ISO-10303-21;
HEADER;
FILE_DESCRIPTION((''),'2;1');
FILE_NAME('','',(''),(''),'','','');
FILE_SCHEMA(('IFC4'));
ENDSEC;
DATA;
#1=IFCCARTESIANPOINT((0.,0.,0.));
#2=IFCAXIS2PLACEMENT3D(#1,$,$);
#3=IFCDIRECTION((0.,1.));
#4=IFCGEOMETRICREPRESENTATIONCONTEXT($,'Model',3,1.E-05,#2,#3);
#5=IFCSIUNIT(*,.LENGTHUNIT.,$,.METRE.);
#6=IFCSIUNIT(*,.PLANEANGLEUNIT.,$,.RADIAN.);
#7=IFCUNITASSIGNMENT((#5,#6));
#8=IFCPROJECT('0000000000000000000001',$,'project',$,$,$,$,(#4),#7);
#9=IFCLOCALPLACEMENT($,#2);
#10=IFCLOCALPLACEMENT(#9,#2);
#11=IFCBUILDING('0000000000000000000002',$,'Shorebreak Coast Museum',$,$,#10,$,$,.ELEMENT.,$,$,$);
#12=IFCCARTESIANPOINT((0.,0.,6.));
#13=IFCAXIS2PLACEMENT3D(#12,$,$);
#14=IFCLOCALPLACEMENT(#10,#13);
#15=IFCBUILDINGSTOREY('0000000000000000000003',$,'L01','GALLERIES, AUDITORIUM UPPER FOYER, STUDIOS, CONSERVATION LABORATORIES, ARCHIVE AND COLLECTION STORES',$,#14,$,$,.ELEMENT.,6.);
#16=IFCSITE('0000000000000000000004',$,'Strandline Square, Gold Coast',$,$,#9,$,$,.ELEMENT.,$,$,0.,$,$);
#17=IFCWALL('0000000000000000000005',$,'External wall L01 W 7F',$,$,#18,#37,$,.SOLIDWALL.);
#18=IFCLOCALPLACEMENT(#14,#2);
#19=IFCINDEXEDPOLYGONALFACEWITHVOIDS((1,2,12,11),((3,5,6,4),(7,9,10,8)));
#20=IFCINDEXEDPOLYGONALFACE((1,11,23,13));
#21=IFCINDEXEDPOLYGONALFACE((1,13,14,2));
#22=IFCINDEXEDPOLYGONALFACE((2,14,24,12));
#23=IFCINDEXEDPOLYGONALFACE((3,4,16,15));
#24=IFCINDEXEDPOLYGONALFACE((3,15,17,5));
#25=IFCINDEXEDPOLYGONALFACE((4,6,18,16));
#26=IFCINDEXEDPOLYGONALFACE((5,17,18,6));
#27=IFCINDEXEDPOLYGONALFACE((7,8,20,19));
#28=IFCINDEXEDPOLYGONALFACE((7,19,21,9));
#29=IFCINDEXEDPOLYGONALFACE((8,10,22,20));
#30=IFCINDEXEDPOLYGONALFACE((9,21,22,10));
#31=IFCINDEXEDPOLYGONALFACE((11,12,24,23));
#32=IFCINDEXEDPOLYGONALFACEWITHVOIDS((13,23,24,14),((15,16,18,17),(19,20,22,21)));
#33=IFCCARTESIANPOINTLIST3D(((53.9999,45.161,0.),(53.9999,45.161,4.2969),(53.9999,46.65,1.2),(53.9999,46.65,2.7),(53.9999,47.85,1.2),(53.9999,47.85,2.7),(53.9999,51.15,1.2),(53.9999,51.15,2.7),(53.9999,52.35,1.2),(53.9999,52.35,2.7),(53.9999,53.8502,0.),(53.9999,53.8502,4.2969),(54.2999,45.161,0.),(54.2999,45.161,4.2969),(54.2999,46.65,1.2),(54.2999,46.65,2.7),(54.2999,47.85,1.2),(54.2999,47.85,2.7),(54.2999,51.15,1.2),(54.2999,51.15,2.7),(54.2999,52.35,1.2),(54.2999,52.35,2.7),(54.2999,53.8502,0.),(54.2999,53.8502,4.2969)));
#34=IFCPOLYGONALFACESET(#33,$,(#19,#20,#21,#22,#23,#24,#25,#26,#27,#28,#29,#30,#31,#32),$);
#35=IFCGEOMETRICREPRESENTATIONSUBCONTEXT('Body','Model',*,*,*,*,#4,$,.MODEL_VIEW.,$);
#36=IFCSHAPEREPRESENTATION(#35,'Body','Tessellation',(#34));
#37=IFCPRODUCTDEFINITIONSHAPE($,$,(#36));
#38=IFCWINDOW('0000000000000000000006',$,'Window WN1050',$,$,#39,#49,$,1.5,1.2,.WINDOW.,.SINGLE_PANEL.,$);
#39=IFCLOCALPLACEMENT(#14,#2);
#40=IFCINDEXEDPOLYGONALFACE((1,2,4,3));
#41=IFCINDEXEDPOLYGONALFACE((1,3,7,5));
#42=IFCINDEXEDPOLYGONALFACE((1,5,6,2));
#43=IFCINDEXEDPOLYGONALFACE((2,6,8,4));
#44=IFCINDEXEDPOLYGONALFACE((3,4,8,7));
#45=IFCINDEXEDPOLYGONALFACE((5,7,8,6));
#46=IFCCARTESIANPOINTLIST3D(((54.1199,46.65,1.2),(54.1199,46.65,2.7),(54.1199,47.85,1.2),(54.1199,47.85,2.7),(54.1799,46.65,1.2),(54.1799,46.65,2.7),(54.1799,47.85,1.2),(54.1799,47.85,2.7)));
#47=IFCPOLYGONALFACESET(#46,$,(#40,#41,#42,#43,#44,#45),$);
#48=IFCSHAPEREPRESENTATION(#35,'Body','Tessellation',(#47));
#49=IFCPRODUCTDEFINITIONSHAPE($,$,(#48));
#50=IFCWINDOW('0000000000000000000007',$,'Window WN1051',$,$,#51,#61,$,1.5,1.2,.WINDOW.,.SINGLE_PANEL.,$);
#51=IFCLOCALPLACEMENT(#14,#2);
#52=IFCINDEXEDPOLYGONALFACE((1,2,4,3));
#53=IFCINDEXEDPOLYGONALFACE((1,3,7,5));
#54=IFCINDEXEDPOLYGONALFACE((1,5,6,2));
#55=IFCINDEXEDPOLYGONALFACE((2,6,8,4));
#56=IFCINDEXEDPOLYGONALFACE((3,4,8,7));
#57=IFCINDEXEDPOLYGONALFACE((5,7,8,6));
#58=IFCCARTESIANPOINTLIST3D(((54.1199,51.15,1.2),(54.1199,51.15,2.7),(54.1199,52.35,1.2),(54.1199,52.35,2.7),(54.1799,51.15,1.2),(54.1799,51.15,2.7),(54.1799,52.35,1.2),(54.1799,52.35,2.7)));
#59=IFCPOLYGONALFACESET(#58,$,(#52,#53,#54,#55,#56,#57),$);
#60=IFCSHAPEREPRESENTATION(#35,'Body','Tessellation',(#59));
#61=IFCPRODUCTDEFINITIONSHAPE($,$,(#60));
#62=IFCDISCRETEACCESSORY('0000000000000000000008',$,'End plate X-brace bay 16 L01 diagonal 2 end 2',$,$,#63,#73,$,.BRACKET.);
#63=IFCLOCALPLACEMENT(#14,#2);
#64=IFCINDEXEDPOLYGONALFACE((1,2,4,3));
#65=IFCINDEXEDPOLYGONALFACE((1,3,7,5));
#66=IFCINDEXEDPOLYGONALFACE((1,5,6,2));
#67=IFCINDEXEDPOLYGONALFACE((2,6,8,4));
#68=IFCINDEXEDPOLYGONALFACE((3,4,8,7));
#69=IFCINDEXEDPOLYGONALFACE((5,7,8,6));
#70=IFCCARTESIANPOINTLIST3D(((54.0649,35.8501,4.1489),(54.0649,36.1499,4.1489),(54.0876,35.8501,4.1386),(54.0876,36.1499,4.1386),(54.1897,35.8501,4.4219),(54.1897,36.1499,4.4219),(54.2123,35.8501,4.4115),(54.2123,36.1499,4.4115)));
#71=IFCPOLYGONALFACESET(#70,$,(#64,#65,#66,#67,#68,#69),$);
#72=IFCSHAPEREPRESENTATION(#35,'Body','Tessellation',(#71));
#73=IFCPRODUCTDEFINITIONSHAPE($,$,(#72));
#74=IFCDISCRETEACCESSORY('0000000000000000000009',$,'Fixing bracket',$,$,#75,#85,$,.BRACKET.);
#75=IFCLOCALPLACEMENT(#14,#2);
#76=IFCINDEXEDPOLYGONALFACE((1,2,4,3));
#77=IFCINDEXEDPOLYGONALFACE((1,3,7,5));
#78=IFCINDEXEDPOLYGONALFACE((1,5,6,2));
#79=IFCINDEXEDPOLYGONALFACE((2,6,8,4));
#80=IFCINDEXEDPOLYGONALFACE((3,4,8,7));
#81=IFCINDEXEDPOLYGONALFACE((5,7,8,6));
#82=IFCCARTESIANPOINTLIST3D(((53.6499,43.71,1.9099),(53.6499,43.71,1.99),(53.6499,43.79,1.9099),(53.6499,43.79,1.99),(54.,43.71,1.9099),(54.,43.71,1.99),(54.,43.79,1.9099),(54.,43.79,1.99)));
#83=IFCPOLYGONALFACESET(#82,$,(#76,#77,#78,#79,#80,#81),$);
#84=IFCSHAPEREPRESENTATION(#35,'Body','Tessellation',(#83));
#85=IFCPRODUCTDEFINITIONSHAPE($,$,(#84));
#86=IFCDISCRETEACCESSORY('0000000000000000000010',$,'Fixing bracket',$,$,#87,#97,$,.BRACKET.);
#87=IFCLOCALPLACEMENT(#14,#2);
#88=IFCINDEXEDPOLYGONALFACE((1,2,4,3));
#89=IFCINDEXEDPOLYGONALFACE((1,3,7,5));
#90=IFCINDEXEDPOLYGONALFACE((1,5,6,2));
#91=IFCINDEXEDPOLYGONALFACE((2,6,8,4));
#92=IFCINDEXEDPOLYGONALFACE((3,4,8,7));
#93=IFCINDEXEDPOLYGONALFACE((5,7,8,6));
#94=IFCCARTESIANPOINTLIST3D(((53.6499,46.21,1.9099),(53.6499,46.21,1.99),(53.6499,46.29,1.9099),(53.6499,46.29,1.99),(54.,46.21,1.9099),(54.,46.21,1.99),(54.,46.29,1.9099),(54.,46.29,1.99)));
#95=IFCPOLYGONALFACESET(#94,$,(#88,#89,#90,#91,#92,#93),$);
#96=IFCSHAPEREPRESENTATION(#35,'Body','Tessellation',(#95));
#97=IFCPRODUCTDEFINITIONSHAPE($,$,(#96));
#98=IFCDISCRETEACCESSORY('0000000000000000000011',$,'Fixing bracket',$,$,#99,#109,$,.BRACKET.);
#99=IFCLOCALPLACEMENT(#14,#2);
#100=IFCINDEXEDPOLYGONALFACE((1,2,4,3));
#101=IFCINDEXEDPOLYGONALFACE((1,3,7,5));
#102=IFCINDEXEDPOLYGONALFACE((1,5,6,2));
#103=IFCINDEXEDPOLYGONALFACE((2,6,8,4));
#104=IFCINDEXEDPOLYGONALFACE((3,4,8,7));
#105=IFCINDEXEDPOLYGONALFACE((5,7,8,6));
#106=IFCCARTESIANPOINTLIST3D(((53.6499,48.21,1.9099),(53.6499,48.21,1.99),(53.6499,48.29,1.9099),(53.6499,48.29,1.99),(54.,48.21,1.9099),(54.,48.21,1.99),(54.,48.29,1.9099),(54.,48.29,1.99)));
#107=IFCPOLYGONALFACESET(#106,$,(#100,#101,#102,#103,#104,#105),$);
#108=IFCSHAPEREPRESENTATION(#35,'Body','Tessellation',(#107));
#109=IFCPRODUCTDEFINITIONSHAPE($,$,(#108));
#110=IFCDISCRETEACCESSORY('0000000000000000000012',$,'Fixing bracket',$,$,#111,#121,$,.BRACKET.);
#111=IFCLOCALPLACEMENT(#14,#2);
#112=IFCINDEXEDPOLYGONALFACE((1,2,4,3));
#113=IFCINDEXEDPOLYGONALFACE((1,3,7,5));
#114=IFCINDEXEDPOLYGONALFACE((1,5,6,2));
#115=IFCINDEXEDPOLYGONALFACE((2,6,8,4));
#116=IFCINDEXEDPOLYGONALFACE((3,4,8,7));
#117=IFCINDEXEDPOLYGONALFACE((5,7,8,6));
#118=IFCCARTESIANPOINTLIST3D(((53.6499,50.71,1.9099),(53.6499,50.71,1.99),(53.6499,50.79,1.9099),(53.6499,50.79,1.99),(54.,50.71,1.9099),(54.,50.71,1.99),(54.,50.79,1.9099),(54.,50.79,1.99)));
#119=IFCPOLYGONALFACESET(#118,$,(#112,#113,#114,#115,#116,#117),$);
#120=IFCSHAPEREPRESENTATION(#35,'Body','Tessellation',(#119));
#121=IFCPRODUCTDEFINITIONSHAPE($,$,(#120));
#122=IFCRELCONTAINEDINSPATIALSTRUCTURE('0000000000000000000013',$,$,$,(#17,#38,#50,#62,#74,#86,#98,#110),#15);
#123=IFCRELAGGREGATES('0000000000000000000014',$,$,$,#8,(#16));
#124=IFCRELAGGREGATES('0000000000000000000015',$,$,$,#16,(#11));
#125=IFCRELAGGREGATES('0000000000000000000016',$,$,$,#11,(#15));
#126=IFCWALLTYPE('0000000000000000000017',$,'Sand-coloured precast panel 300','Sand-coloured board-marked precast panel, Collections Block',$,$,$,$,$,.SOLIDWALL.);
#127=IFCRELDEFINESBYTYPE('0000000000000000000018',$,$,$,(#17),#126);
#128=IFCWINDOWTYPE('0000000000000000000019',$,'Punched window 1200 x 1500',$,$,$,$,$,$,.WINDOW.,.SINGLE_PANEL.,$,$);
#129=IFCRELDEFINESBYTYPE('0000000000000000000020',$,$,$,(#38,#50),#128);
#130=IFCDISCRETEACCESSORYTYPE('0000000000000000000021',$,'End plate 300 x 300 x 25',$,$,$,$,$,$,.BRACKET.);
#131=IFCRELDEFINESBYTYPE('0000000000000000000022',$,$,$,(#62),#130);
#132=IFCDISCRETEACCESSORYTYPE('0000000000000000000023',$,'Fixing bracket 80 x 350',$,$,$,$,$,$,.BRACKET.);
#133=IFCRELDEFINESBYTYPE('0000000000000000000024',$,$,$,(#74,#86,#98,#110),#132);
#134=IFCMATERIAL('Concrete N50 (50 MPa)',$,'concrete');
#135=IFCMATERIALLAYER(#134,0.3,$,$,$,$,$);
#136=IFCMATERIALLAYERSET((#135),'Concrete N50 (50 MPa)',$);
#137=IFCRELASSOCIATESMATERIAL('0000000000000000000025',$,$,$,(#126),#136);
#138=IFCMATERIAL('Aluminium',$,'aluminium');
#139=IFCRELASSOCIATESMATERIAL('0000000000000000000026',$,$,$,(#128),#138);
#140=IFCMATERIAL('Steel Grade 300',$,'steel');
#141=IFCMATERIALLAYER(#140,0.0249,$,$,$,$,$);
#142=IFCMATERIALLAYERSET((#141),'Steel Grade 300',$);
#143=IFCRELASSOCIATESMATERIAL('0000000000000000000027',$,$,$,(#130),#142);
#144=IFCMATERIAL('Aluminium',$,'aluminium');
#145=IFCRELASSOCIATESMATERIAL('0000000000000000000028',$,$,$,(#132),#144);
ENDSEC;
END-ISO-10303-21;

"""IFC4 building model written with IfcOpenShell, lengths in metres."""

from ifc_helpers import new_model, si_unit, direction, frame, frame_2d, origin, origin_2d, place, context, subcontext, project, spatial, polyline, rectangle, outline, extrude, material, layer, layer_set, type_object, element, fill, save


model = new_model("IFC4")

# Units and contexts
model_context = context("Model", 3, precision=1e-05, world=origin(), true_north=direction((0.0, 1.0)))
body_context = subcontext(model_context, "Body", "Model", "MODEL_VIEW")
ifc_project = project(units=[si_unit("LENGTHUNIT", "METRE"), si_unit("PLANEANGLEUNIT", "RADIAN")], contexts=[model_context])

# Site, building, storey
site_placement = place(None, origin())
site = spatial("IfcSite", under=ifc_project, at=site_placement, Name="Strandline Square, Gold Coast", CompositionType="ELEMENT", RefElevation=0.0)
building_placement = place(site_placement, origin())
building = spatial("IfcBuilding", under=site, at=building_placement, Name="Shorebreak Coast Museum", CompositionType="ELEMENT")
storey_placement = place(building_placement, frame((0.0, 0.0, 6.0)))
storey = spatial("IfcBuildingStorey", under=building, at=storey_placement, Name="L01", Description="GALLERIES, AUDITORIUM UPPER FOYER, STUDIOS, CONSERVATION LABORATORIES, ARCHIVE AND COLLECTION STORES", CompositionType="ELEMENT", Elevation=6.0)

# Wall, openings, windows
ifc_material_1 = material(Name="Concrete N50 (50 MPa)", Category="concrete")
ifc_layer_1 = layer(ifc_material_1, 0.3)
ifc_layer_set_1 = layer_set([ifc_layer_1], Name="Concrete N50 (50 MPa)")
wall_type_1 = type_object("IfcWallType", Name="Sand-coloured precast panel 300", Description="Sand-coloured board-marked precast panel, Collections Block", PredefinedType="SOLIDWALL", material=ifc_layer_set_1)
ifc_material_2 = material(Name="Aluminium", Category="aluminium")
window_type = type_object("IfcWindowType", Name="Punched window 1200 x 1500", PartitioningType="SINGLE_PANEL", PredefinedType="WINDOW", material=ifc_material_2)
wall_1_placement = place(storey_placement, frame((54.1499, 45.1609, 0.0), z_axis=(0.0, 0.0, 1.0), x_axis=(0.0, 1.0, 0.0)))
wall_1 = element("IfcWall", 1, at=wall_1_placement, inside=storey, type_object=wall_type_1, Name="External wall L01 W 7F", PredefinedType="SOLIDWALL", context=body_context, shape_type="SweptSolid", body=[
    extrude(rectangle(XDim=8.6892, YDim=0.3, at=frame_2d((4.3447, 0.0))), origin(), (0.0, 0.0, 1.0), 4.2969),
])
opening_1_placement = place(wall_1_placement, frame((1.489, 0.0, 1.2)))
opening_1 = element("IfcOpeningElement", 2, at=opening_1_placement, cuts=wall_1, PredefinedType="OPENING", context=body_context, shape_type="SweptSolid", body=[
    extrude(rectangle(XDim=1.2, YDim=1.5, at=frame_2d((0.6001, 0.75))), frame((0.0, 0.1599, 0.0), z_axis=(0.0, -1.0, 0.0), x_axis=(1.0, 0.0, 0.0)), (0.0, 0.0, 1.0), 0.3201),
])
opening_2_placement = place(wall_1_placement, frame((5.989, 0.0, 1.2)))
opening_2 = element("IfcOpeningElement", 3, at=opening_2_placement, cuts=wall_1, PredefinedType="OPENING", context=body_context, shape_type="SweptSolid", body=[
    extrude(rectangle(XDim=1.2, YDim=1.5, at=frame_2d((0.6001, 0.75))), frame((0.0, 0.1599, 0.0), z_axis=(0.0, -1.0, 0.0), x_axis=(1.0, 0.0, 0.0)), (0.0, 0.0, 1.0), 0.3201),
])
window_1_placement = place(opening_1_placement, origin())
window_1 = element("IfcWindow", 4, at=window_1_placement, inside=storey, type_object=window_type, Name="Window WN1050", OverallHeight=1.5, OverallWidth=1.2, PartitioningType="SINGLE_PANEL", PredefinedType="WINDOW", context=body_context, shape_type="SweptSolid", body=[
    extrude(rectangle(XDim=1.2, YDim=1.5, at=frame_2d((0.6001, 0.75))), frame((0.0, 0.03, 0.0), z_axis=(0.0, -1.0, 0.0), x_axis=(1.0, 0.0, 0.0)), (0.0, 0.0, 1.0), 0.0601),
])
fill(opening_1, window_1)
window_2_placement = place(opening_2_placement, origin())
window_2 = element("IfcWindow", 5, at=window_2_placement, inside=storey, type_object=window_type, Name="Window WN1051", OverallHeight=1.5, OverallWidth=1.2, PartitioningType="SINGLE_PANEL", PredefinedType="WINDOW", context=body_context, shape_type="SweptSolid", body=[
    extrude(rectangle(XDim=1.2, YDim=1.5, at=frame_2d((0.6001, 0.75))), frame((0.0, 0.03, 0.0), z_axis=(0.0, -1.0, 0.0), x_axis=(1.0, 0.0, 0.0)), (0.0, 0.0, 1.0), 0.0601),
])
fill(opening_2, window_2)

# Discrete accessories
ifc_material_3 = material(Name="Steel Grade 300", Category="steel")
ifc_layer_2 = layer(ifc_material_3, 0.0249)
ifc_layer_set_2 = layer_set([ifc_layer_2], Name="Steel Grade 300")
discrete_accessory_type_1 = type_object("IfcDiscreteAccessoryType", Name="End plate 300 x 300 x 25", PredefinedType="BRACKET", material=ifc_layer_set_2)
discrete_accessory_placement = place(storey_placement, frame((54.0649, 36.1499, 4.1489), z_axis=(-0.909501, 0.0, 0.415702), x_axis=(0.0, -1.0, 0.0)))
element("IfcDiscreteAccessory", 6, at=discrete_accessory_placement, inside=storey, type_object=discrete_accessory_type_1, Name="End plate X-brace bay 16 L01 diagonal 2 end 2", PredefinedType="BRACKET", context=body_context, shape_type="SweptSolid", body=[
    extrude(outline(polyline([(0.0, 0.0), (0.2998, 0.0), (0.2998, 0.3001), (0.0, 0.3001), (0.0, 0.0)])), origin(), (0.0, 0.0, -1.0), 0.0249),
])
ifc_material_4 = material(Name="Aluminium", Category="aluminium")
discrete_accessory_type_2 = type_object("IfcDiscreteAccessoryType", Name="Fixing bracket 80 x 350", PredefinedType="BRACKET", material=ifc_material_4)
for number, where, z_axis, x_axis, name in (
    (7, (53.825, 43.75, 1.9099), (0.0, 0.0, 1.0), (1.0, 0.0, 0.0), "Fixing bracket"),
    (8, (53.825, 46.25, 1.9099), (0.0, 0.0, 1.0), (1.0, 0.0, 0.0), "Fixing bracket"),
    (9, (53.825, 48.25, 1.9099), (0.0, 0.0, 1.0), (1.0, 0.0, 0.0), "Fixing bracket"),
    (10, (53.825, 50.75, 1.9099), (0.0, 0.0, 1.0), (1.0, 0.0, 0.0), "Fixing bracket"),
):
    element("IfcDiscreteAccessory", number, at=place(storey_placement, frame(where, z_axis=z_axis, x_axis=x_axis)), inside=storey, type_object=discrete_accessory_type_2, Name=name, PredefinedType="BRACKET", context=body_context, shape_type="SweptSolid", body=[
        extrude(rectangle(XDim=0.3501, YDim=0.0801, at=origin_2d()), origin(), (0.0, 0.0, 1.0), 0.0801),
    ])

save(model, "model.ifc")
